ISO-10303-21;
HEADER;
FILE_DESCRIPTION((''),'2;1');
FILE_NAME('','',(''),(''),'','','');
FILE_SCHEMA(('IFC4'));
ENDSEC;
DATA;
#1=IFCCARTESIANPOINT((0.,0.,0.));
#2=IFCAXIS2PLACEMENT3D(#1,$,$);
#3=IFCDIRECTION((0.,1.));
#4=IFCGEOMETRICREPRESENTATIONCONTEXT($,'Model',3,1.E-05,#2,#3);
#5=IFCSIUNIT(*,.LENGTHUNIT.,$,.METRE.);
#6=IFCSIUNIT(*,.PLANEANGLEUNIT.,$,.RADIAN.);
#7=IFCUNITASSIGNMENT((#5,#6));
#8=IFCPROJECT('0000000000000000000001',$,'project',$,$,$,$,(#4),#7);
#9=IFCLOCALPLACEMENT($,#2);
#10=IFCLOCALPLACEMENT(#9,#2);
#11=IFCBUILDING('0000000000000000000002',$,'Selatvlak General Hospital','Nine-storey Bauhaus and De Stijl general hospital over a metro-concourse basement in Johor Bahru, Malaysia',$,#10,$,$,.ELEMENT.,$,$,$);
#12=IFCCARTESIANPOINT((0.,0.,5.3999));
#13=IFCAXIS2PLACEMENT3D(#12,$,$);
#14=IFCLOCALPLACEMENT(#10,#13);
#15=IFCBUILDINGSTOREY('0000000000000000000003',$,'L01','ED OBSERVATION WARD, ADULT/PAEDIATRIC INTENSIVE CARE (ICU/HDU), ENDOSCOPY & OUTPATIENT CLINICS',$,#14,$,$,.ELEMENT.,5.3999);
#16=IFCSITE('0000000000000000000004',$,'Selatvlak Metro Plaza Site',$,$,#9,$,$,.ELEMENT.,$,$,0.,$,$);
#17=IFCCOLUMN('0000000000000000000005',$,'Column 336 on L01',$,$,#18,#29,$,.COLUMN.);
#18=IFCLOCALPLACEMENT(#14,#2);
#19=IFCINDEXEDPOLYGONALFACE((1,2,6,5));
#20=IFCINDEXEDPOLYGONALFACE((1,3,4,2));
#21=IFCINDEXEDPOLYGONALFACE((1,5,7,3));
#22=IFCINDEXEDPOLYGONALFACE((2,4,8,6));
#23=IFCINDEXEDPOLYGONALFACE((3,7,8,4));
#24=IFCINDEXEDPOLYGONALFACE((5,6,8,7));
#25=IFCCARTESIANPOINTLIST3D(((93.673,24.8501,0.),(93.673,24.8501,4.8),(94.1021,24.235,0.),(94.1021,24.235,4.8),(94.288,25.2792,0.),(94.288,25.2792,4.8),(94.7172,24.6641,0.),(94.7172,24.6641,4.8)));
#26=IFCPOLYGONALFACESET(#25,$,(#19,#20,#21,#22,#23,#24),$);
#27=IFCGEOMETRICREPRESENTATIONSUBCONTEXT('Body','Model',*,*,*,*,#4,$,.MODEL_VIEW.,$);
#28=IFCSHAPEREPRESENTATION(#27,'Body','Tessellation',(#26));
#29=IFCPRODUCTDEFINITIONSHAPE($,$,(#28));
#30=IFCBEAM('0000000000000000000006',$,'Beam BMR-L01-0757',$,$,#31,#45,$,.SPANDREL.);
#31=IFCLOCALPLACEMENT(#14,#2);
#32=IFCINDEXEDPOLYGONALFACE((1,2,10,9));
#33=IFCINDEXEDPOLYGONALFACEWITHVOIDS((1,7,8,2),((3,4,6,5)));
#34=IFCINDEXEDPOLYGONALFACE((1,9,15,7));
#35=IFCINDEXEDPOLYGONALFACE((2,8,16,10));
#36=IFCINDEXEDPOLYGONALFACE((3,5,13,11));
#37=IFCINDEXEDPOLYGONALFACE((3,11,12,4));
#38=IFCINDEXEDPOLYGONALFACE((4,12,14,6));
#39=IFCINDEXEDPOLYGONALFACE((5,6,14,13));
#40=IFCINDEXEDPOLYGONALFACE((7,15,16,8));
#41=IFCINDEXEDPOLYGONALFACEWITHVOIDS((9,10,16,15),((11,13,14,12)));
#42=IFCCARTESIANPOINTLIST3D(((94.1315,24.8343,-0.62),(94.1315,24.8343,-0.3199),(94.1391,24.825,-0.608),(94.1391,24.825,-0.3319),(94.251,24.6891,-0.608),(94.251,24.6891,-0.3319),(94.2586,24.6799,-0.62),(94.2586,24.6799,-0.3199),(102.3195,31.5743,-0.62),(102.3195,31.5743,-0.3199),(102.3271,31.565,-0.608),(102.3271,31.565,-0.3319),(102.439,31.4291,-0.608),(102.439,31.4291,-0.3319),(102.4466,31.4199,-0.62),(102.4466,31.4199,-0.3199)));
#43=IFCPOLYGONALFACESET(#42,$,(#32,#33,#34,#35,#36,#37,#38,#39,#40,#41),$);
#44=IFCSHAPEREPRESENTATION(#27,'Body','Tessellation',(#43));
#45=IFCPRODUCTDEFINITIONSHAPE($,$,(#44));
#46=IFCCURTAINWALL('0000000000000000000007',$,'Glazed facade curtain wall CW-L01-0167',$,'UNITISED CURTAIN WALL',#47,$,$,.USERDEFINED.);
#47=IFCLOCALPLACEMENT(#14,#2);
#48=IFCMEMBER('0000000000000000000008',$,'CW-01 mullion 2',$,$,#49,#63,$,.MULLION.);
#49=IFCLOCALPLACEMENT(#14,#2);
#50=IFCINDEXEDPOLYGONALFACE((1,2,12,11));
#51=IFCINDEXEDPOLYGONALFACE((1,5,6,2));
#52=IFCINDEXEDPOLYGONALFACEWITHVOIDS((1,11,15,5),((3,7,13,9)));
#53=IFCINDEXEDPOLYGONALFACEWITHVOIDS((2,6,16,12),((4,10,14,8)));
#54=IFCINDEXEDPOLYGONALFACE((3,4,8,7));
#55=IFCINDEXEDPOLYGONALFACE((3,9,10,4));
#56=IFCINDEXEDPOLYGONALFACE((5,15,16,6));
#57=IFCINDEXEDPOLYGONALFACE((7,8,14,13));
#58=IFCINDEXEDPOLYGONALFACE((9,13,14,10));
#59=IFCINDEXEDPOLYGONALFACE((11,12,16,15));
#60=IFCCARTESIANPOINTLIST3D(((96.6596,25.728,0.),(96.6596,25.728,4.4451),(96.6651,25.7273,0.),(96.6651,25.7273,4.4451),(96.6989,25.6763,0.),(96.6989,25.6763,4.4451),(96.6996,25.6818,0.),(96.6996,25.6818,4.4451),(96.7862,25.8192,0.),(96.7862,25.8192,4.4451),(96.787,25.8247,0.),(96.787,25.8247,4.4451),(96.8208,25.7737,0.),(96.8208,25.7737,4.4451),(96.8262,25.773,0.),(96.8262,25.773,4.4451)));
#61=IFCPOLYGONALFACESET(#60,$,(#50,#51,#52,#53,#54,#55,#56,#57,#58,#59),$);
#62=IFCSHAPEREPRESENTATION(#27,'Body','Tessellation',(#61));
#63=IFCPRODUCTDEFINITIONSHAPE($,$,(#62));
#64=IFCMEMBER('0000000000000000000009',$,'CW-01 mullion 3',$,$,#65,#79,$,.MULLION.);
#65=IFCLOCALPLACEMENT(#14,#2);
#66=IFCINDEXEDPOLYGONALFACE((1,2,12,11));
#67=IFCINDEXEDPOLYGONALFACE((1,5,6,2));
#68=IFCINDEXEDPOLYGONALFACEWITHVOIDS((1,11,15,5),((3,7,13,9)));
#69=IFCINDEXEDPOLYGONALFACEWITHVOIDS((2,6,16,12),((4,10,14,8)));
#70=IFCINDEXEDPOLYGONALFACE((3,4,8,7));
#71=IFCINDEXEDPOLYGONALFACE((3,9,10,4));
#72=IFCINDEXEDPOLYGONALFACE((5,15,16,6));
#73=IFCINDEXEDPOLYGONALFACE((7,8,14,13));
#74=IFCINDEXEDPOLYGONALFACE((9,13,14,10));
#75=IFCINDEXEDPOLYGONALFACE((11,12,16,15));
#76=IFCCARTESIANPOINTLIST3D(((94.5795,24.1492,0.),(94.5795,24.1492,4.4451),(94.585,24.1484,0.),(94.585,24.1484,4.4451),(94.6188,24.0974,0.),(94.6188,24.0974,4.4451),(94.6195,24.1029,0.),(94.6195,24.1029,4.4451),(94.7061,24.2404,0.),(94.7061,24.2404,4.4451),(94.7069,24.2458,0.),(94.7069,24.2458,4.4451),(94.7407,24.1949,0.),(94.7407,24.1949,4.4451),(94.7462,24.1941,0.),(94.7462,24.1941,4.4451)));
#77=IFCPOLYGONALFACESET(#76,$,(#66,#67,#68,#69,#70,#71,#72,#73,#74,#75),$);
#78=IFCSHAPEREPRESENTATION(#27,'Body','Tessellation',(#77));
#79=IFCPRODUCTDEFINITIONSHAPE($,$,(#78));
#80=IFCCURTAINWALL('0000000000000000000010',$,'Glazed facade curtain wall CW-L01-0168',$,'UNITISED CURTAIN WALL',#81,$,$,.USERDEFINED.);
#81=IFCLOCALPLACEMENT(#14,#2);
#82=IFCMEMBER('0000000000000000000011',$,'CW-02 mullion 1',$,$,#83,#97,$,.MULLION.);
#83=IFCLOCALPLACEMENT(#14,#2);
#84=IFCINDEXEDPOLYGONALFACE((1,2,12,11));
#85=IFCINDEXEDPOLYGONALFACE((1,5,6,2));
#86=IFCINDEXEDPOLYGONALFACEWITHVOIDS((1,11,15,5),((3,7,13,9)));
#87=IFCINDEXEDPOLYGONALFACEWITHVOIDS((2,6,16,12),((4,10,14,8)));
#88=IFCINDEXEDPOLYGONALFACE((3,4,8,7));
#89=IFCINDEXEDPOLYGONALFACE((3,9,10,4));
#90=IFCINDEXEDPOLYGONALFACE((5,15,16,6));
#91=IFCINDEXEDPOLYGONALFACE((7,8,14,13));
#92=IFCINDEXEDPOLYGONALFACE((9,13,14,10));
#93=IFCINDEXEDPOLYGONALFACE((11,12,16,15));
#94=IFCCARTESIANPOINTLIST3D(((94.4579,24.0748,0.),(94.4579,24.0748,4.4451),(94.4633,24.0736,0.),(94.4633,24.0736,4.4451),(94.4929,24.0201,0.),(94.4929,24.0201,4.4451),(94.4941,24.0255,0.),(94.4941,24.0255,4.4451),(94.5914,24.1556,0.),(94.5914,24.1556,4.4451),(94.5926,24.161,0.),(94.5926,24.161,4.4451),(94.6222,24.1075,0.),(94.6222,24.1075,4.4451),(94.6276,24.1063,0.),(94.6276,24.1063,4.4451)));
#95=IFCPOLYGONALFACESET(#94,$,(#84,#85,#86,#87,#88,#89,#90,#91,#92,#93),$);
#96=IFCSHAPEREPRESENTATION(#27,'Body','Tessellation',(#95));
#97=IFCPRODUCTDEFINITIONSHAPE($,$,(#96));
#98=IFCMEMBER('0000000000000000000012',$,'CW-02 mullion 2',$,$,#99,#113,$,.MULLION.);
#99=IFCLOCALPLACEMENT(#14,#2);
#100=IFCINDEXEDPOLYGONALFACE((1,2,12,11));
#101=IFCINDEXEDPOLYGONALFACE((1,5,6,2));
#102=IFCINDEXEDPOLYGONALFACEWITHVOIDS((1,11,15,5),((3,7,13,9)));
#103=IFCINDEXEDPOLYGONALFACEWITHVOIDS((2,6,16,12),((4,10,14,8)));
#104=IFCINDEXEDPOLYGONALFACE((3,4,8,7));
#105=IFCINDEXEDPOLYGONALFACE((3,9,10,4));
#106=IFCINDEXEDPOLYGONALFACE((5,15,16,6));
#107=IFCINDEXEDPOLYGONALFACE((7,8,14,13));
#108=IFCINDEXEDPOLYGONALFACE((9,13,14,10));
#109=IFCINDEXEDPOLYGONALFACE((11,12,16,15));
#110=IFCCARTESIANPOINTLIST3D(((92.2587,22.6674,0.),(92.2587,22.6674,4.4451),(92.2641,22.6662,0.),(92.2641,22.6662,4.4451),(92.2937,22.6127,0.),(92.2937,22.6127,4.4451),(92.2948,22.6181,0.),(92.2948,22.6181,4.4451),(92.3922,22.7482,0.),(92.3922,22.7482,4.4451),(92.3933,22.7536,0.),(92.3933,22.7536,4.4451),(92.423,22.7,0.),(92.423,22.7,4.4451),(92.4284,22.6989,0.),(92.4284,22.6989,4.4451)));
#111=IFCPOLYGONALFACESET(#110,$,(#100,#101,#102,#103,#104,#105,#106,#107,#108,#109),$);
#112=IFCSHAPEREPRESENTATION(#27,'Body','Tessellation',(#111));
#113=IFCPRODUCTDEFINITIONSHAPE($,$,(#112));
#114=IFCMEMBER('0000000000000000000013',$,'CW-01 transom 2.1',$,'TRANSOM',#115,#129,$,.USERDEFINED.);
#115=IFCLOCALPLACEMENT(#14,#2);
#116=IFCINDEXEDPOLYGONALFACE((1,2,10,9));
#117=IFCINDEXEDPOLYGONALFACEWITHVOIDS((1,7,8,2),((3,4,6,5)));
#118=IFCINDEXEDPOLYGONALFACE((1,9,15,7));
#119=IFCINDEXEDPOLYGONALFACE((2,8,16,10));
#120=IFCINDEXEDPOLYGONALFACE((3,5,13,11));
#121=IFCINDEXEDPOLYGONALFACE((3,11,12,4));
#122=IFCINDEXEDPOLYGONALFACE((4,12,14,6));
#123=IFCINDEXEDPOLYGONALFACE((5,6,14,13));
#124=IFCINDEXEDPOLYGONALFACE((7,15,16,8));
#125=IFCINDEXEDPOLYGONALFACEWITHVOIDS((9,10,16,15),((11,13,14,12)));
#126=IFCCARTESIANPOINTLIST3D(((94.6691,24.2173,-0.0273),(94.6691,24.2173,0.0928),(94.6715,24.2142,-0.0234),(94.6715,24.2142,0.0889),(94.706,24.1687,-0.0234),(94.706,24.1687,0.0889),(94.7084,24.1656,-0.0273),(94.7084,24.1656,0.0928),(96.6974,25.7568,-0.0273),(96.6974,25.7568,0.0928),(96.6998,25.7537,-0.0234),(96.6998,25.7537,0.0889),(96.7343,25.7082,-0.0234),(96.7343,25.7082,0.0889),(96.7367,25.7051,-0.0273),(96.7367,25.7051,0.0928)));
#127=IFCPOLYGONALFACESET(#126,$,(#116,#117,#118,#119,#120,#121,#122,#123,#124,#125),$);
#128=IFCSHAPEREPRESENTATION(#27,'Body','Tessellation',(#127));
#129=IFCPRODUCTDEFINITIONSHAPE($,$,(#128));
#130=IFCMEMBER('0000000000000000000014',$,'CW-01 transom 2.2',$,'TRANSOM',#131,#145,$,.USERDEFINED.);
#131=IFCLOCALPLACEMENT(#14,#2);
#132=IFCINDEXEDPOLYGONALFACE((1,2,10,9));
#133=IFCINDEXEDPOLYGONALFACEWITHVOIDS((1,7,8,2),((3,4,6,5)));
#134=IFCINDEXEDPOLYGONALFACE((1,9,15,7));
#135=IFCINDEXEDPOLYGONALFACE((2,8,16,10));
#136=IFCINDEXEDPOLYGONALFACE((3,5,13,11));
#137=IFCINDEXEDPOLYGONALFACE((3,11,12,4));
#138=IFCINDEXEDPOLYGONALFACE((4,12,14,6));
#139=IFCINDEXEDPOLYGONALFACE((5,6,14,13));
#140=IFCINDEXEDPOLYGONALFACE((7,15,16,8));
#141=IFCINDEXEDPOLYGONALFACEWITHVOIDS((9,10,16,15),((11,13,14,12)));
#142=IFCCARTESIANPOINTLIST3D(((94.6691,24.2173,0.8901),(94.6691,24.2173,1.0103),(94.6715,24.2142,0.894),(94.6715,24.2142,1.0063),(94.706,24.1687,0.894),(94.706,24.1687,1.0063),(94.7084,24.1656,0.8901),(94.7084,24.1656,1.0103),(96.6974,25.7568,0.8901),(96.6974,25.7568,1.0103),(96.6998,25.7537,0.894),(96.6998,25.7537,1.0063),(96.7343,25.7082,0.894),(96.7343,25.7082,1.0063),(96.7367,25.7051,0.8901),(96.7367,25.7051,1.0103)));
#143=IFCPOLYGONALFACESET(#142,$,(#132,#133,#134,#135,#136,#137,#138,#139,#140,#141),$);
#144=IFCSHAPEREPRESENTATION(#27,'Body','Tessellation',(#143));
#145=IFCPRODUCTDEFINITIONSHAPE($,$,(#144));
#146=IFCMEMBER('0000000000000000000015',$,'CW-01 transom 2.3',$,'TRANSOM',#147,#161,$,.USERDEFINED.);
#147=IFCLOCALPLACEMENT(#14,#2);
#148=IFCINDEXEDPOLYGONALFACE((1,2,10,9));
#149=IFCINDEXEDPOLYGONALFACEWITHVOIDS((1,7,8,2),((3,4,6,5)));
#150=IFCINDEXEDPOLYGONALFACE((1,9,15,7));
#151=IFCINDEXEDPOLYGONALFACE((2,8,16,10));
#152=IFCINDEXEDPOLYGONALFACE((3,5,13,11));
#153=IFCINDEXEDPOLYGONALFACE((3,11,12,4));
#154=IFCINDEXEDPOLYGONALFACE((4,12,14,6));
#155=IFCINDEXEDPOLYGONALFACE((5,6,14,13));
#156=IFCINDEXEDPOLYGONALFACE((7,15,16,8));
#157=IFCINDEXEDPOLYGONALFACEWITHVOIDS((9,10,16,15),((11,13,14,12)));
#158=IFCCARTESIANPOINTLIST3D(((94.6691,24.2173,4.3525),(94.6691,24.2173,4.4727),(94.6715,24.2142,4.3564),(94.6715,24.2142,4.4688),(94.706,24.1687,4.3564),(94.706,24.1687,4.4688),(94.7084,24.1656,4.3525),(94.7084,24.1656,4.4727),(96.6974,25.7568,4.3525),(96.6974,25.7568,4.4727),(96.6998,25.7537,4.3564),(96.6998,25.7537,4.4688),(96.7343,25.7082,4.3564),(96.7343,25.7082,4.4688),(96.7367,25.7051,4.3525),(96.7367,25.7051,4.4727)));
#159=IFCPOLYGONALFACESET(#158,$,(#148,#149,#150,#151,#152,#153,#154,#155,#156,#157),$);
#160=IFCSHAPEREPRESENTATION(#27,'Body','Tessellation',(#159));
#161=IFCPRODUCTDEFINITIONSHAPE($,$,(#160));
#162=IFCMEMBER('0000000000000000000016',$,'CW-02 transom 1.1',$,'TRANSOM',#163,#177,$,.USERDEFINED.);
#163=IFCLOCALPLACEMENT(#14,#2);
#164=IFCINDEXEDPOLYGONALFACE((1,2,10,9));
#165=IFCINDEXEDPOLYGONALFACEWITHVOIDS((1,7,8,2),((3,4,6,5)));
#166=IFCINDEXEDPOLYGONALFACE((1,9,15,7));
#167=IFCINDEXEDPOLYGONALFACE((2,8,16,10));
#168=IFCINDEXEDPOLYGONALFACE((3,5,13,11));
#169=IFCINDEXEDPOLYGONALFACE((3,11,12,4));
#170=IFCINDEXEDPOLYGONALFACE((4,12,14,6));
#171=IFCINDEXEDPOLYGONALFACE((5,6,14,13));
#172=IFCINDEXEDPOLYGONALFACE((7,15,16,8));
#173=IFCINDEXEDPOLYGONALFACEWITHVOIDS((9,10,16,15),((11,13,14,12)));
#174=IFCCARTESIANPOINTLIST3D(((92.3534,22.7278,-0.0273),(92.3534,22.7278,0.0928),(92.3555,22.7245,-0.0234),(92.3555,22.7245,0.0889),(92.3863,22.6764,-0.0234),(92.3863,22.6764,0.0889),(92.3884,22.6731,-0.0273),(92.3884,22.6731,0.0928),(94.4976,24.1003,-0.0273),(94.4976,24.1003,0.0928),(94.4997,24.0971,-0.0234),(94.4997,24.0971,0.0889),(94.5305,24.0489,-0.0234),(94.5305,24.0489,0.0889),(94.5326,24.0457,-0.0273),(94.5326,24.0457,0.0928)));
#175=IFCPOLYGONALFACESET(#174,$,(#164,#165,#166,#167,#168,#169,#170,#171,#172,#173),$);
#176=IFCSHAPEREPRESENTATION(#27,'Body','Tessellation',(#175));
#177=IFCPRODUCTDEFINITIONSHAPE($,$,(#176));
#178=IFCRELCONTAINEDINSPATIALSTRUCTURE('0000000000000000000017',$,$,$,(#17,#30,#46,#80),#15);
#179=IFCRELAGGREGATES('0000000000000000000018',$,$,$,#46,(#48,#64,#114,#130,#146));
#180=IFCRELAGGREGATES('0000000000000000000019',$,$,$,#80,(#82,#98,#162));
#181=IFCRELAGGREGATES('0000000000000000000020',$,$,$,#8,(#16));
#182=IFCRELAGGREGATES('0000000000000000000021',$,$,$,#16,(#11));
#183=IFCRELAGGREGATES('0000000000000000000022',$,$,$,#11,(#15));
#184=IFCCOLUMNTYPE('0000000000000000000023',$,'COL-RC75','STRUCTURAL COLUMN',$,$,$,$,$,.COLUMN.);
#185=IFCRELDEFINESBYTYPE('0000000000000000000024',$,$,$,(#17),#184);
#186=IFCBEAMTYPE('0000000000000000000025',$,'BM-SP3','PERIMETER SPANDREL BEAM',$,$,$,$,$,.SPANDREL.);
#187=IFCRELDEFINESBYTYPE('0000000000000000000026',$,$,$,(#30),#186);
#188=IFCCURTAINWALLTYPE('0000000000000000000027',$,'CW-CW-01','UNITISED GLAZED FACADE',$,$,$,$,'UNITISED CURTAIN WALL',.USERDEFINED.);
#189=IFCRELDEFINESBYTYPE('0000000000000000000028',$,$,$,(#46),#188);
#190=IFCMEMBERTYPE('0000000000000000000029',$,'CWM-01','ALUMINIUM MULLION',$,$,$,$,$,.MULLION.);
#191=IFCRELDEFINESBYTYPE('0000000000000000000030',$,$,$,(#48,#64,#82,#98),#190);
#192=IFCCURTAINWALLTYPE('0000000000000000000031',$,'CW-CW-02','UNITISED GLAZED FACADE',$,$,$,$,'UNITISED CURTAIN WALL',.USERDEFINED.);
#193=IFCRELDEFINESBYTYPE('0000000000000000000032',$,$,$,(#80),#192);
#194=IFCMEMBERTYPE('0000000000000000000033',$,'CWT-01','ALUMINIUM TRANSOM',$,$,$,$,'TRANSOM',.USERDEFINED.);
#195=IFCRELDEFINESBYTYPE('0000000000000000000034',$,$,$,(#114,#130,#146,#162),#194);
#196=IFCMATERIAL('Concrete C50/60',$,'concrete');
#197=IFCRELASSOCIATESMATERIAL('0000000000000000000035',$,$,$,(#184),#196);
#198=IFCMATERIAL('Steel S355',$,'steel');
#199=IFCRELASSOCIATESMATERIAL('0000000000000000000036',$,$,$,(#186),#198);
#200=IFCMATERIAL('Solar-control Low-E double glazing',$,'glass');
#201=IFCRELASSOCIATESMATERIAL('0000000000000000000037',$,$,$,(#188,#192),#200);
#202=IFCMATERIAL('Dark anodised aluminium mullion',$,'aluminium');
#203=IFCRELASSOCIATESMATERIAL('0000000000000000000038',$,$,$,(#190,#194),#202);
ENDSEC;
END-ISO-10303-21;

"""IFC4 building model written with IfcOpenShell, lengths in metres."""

from ifc_helpers import new_model, si_unit, direction, frame, origin, origin_2d, place, context, subcontext, project, spatial, rectangle, hollow_rectangle, extrude, material, material_profile, profile_set, type_object, element, aggregate, save


model = new_model("IFC4")

# Units and contexts
model_context = context("Model", 3, precision=1e-05, world=origin(), true_north=direction((0.0, 1.0)))
body_context = subcontext(model_context, "Body", "Model", "MODEL_VIEW")
ifc_project = project(units=[si_unit("LENGTHUNIT", "METRE"), si_unit("PLANEANGLEUNIT", "RADIAN")], contexts=[model_context])

# Site, building, storey
site_placement = place(None, origin())
site = spatial("IfcSite", under=ifc_project, at=site_placement, Name="Selatvlak Metro Plaza Site", CompositionType="ELEMENT", RefElevation=0.0)
building_placement = place(site_placement, origin())
building = spatial("IfcBuilding", under=site, at=building_placement, Name="Selatvlak General Hospital", Description="Nine-storey Bauhaus and De Stijl general hospital over a metro-concourse basement in Johor Bahru, Malaysia", CompositionType="ELEMENT")
storey_placement = place(building_placement, frame((0.0, 0.0, 5.3999)))
storey = spatial("IfcBuildingStorey", under=building, at=storey_placement, Name="L01", Description="ED OBSERVATION WARD, ADULT/PAEDIATRIC INTENSIVE CARE (ICU/HDU), ENDOSCOPY & OUTPATIENT CLINICS", CompositionType="ELEMENT", Elevation=5.3999)

# Column
ifc_material_1 = material(Name="Concrete C50/60", Category="concrete")
ifc_material_profile_1 = material_profile(ifc_material_1, rectangle(XDim=0.75, YDim=0.75, at=origin_2d()), Name="RC-COL 750x750")
ifc_profile_set_1 = profile_set([ifc_material_profile_1], Name="Concrete C50/60")
column_type = type_object("IfcColumnType", Name="COL-RC75", Description="STRUCTURAL COLUMN", PredefinedType="COLUMN", material=ifc_profile_set_1)
column_placement = place(storey_placement, frame((94.1951, 24.7571, 0.0), z_axis=(0.0, 0.0, 1.0), x_axis=(-0.572189, 0.820122, 0.0)))
element("IfcColumn", 1, at=column_placement, inside=storey, type_object=column_type, Name="Column 336 on L01", PredefinedType="COLUMN", context=body_context, shape_type="SweptSolid", body=[
    extrude(rectangle(XDim=0.75, YDim=0.75, at=origin_2d()), origin(), (0.0, 0.0, 1.0), 4.8),
])

# Beam
ifc_material_2 = material(Name="Steel S355", Category="steel")
ifc_material_profile_2 = material_profile(ifc_material_2, hollow_rectangle(XDim=0.2, YDim=0.3, WallThickness=0.012, at=origin_2d()), Name="RHS 300x200x12")
ifc_profile_set_2 = profile_set([ifc_material_profile_2], Name="Steel S355")
beam_type = type_object("IfcBeamType", Name="BM-SP3", Description="PERIMETER SPANDREL BEAM", PredefinedType="SPANDREL", material=ifc_profile_set_2)
beam_placement = place(storey_placement, frame((94.1951, 24.7571, -0.47), z_axis=(0.772072, 0.635535, 0.0), x_axis=(-0.635535, 0.772072, 0.0)))
element("IfcBeam", 2, at=beam_placement, inside=storey, type_object=beam_type, Name="Beam BMR-L01-0757", PredefinedType="SPANDREL", context=body_context, shape_type="SweptSolid", body=[
    extrude(hollow_rectangle(XDim=0.2, YDim=0.3, WallThickness=0.012, at=origin_2d()), origin(), (0.0, 0.0, 1.0), 10.6052),
])

# Curtain walls, members
ifc_material_3 = material(Name="Solar-control Low-E double glazing", Category="glass")
curtain_wall_type_1 = type_object("IfcCurtainWallType", Name="CW-CW-01", Description="UNITISED GLAZED FACADE", ElementType="UNITISED CURTAIN WALL", PredefinedType="USERDEFINED", material=ifc_material_3)
curtain_wall_1_placement = place(storey_placement, origin())
curtain_wall_1 = element("IfcCurtainWall", 3, at=curtain_wall_1_placement, inside=storey, type_object=curtain_wall_type_1, Name="Glazed facade curtain wall CW-L01-0167", ObjectType="UNITISED CURTAIN WALL", PredefinedType="USERDEFINED")
ifc_material_4 = material(Name="Dark anodised aluminium mullion", Category="aluminium")
ifc_material_profile_3 = material_profile(ifc_material_4, hollow_rectangle(XDim=0.0649, YDim=0.1599, WallThickness=0.0039, at=origin_2d()), Name="AL-MUL 65x160x4")
ifc_profile_set_3 = profile_set([ifc_material_profile_3], Name="Dark anodised aluminium mullion")
member_type_1 = type_object("IfcMemberType", Name="CWM-01", Description="ALUMINIUM MULLION", PredefinedType="MULLION", material=ifc_profile_set_3)
member_1_placement = place(storey_placement, frame((96.7429, 25.7505, 0.0), z_axis=(0.0, 0.0, 1.0), x_axis=(0.604589, -0.796537, 0.0)))
member_1 = element("IfcMember", 4, at=member_1_placement, type_object=member_type_1, Name="CW-01 mullion 2", PredefinedType="MULLION", context=body_context, shape_type="SweptSolid", body=[
    extrude(hollow_rectangle(XDim=0.0649, YDim=0.1599, WallThickness=0.0039, at=origin_2d()), origin(), (0.0, 0.0, 1.0), 4.4451),
])
member_2_placement = place(storey_placement, frame((94.6628, 24.1716, 0.0), z_axis=(0.0, 0.0, 1.0), x_axis=(0.604589, -0.796537, 0.0)))
member_2 = element("IfcMember", 5, at=member_2_placement, type_object=member_type_1, Name="CW-01 mullion 3", PredefinedType="MULLION", context=body_context, shape_type="SweptSolid", body=[
    extrude(hollow_rectangle(XDim=0.0649, YDim=0.1599, WallThickness=0.0039, at=origin_2d()), origin(), (0.0, 0.0, 1.0), 4.4451),
])
curtain_wall_type_2 = type_object("IfcCurtainWallType", Name="CW-CW-02", Description="UNITISED GLAZED FACADE", ElementType="UNITISED CURTAIN WALL", PredefinedType="USERDEFINED", material=ifc_material_3)
curtain_wall_2_placement = place(storey_placement, origin())
curtain_wall_2 = element("IfcCurtainWall", 6, at=curtain_wall_2_placement, inside=storey, type_object=curtain_wall_type_2, Name="Glazed facade curtain wall CW-L01-0168", ObjectType="UNITISED CURTAIN WALL", PredefinedType="USERDEFINED")
member_3_placement = place(storey_placement, frame((94.5427, 24.0906, 0.0), z_axis=(0.0, 0.0, 1.0), x_axis=(0.539064, -0.842265, 0.0)))
member_3 = element("IfcMember", 7, at=member_3_placement, type_object=member_type_1, Name="CW-02 mullion 1", PredefinedType="MULLION", context=body_context, shape_type="SweptSolid", body=[
    extrude(hollow_rectangle(XDim=0.0649, YDim=0.1599, WallThickness=0.0039, at=origin_2d()), origin(), (0.0, 0.0, 1.0), 4.4451),
])
member_4_placement = place(storey_placement, frame((92.3435, 22.6831, 0.0), z_axis=(0.0, 0.0, 1.0), x_axis=(0.539064, -0.842265, 0.0)))
member_4 = element("IfcMember", 8, at=member_4_placement, type_object=member_type_1, Name="CW-02 mullion 2", PredefinedType="MULLION", context=body_context, shape_type="SweptSolid", body=[
    extrude(hollow_rectangle(XDim=0.0649, YDim=0.1599, WallThickness=0.0039, at=origin_2d()), origin(), (0.0, 0.0, 1.0), 4.4451),
])

# Members
ifc_material_profile_4 = material_profile(ifc_material_4, hollow_rectangle(XDim=0.0649, YDim=0.1201, WallThickness=0.0039, at=origin_2d()), Name="AL-TRN 65x120x4")
ifc_profile_set_4 = profile_set([ifc_material_profile_4], Name="Dark anodised aluminium mullion")
member_type_2 = type_object("IfcMemberType", Name="CWT-01", Description="ALUMINIUM TRANSOM", ElementType="TRANSOM", PredefinedType="USERDEFINED", material=ifc_profile_set_4)
member_5_placement = place(storey_placement, frame((96.717, 25.731, 0.0327), z_axis=(-0.796535, -0.604592, 0.0), x_axis=(0.604592, -0.796535, 0.0)))
member_5 = element("IfcMember", 9, at=member_5_placement, type_object=member_type_2, Name="CW-01 transom 2.1", ObjectType="TRANSOM", PredefinedType="USERDEFINED", context=body_context, shape_type="SweptSolid", body=[
    extrude(hollow_rectangle(XDim=0.0649, YDim=0.1201, WallThickness=0.0039, at=origin_2d()), origin(), (0.0, 0.0, 1.0), 2.5464),
])
member_6_placement = place(storey_placement, frame((96.717, 25.731, 0.9502), z_axis=(-0.796535, -0.604592, 0.0), x_axis=(0.604592, -0.796535, 0.0)))
member_6 = element("IfcMember", 10, at=member_6_placement, type_object=member_type_2, Name="CW-01 transom 2.2", ObjectType="TRANSOM", PredefinedType="USERDEFINED", context=body_context, shape_type="SweptSolid", body=[
    extrude(hollow_rectangle(XDim=0.0649, YDim=0.1201, WallThickness=0.0039, at=origin_2d()), origin(), (0.0, 0.0, 1.0), 2.5464),
])
member_7_placement = place(storey_placement, frame((96.717, 25.731, 4.4126), z_axis=(-0.796535, -0.604592, 0.0), x_axis=(0.604592, -0.796535, 0.0)))
member_7 = element("IfcMember", 11, at=member_7_placement, type_object=member_type_2, Name="CW-01 transom 2.3", ObjectType="TRANSOM", PredefinedType="USERDEFINED", context=body_context, shape_type="SweptSolid", body=[
    extrude(hollow_rectangle(XDim=0.0649, YDim=0.1201, WallThickness=0.0039, at=origin_2d()), origin(), (0.0, 0.0, 1.0), 2.5464),
])
member_8_placement = place(storey_placement, frame((94.5151, 24.073, 0.0327), z_axis=(-0.842233, -0.539114, 0.0), x_axis=(0.539114, -0.842233, 0.0)))
member_8 = element("IfcMember", 12, at=member_8_placement, type_object=member_type_2, Name="CW-02 transom 1.1", ObjectType="TRANSOM", PredefinedType="USERDEFINED", context=body_context, shape_type="SweptSolid", body=[
    extrude(hollow_rectangle(XDim=0.0649, YDim=0.1201, WallThickness=0.0039, at=origin_2d()), origin(), (0.0, 0.0, 1.0), 2.5459),
])

aggregate(curtain_wall_1, [member_1, member_2, member_5, member_6, member_7])
aggregate(curtain_wall_2, [member_3, member_4, member_8])

save(model, "model.ifc")
